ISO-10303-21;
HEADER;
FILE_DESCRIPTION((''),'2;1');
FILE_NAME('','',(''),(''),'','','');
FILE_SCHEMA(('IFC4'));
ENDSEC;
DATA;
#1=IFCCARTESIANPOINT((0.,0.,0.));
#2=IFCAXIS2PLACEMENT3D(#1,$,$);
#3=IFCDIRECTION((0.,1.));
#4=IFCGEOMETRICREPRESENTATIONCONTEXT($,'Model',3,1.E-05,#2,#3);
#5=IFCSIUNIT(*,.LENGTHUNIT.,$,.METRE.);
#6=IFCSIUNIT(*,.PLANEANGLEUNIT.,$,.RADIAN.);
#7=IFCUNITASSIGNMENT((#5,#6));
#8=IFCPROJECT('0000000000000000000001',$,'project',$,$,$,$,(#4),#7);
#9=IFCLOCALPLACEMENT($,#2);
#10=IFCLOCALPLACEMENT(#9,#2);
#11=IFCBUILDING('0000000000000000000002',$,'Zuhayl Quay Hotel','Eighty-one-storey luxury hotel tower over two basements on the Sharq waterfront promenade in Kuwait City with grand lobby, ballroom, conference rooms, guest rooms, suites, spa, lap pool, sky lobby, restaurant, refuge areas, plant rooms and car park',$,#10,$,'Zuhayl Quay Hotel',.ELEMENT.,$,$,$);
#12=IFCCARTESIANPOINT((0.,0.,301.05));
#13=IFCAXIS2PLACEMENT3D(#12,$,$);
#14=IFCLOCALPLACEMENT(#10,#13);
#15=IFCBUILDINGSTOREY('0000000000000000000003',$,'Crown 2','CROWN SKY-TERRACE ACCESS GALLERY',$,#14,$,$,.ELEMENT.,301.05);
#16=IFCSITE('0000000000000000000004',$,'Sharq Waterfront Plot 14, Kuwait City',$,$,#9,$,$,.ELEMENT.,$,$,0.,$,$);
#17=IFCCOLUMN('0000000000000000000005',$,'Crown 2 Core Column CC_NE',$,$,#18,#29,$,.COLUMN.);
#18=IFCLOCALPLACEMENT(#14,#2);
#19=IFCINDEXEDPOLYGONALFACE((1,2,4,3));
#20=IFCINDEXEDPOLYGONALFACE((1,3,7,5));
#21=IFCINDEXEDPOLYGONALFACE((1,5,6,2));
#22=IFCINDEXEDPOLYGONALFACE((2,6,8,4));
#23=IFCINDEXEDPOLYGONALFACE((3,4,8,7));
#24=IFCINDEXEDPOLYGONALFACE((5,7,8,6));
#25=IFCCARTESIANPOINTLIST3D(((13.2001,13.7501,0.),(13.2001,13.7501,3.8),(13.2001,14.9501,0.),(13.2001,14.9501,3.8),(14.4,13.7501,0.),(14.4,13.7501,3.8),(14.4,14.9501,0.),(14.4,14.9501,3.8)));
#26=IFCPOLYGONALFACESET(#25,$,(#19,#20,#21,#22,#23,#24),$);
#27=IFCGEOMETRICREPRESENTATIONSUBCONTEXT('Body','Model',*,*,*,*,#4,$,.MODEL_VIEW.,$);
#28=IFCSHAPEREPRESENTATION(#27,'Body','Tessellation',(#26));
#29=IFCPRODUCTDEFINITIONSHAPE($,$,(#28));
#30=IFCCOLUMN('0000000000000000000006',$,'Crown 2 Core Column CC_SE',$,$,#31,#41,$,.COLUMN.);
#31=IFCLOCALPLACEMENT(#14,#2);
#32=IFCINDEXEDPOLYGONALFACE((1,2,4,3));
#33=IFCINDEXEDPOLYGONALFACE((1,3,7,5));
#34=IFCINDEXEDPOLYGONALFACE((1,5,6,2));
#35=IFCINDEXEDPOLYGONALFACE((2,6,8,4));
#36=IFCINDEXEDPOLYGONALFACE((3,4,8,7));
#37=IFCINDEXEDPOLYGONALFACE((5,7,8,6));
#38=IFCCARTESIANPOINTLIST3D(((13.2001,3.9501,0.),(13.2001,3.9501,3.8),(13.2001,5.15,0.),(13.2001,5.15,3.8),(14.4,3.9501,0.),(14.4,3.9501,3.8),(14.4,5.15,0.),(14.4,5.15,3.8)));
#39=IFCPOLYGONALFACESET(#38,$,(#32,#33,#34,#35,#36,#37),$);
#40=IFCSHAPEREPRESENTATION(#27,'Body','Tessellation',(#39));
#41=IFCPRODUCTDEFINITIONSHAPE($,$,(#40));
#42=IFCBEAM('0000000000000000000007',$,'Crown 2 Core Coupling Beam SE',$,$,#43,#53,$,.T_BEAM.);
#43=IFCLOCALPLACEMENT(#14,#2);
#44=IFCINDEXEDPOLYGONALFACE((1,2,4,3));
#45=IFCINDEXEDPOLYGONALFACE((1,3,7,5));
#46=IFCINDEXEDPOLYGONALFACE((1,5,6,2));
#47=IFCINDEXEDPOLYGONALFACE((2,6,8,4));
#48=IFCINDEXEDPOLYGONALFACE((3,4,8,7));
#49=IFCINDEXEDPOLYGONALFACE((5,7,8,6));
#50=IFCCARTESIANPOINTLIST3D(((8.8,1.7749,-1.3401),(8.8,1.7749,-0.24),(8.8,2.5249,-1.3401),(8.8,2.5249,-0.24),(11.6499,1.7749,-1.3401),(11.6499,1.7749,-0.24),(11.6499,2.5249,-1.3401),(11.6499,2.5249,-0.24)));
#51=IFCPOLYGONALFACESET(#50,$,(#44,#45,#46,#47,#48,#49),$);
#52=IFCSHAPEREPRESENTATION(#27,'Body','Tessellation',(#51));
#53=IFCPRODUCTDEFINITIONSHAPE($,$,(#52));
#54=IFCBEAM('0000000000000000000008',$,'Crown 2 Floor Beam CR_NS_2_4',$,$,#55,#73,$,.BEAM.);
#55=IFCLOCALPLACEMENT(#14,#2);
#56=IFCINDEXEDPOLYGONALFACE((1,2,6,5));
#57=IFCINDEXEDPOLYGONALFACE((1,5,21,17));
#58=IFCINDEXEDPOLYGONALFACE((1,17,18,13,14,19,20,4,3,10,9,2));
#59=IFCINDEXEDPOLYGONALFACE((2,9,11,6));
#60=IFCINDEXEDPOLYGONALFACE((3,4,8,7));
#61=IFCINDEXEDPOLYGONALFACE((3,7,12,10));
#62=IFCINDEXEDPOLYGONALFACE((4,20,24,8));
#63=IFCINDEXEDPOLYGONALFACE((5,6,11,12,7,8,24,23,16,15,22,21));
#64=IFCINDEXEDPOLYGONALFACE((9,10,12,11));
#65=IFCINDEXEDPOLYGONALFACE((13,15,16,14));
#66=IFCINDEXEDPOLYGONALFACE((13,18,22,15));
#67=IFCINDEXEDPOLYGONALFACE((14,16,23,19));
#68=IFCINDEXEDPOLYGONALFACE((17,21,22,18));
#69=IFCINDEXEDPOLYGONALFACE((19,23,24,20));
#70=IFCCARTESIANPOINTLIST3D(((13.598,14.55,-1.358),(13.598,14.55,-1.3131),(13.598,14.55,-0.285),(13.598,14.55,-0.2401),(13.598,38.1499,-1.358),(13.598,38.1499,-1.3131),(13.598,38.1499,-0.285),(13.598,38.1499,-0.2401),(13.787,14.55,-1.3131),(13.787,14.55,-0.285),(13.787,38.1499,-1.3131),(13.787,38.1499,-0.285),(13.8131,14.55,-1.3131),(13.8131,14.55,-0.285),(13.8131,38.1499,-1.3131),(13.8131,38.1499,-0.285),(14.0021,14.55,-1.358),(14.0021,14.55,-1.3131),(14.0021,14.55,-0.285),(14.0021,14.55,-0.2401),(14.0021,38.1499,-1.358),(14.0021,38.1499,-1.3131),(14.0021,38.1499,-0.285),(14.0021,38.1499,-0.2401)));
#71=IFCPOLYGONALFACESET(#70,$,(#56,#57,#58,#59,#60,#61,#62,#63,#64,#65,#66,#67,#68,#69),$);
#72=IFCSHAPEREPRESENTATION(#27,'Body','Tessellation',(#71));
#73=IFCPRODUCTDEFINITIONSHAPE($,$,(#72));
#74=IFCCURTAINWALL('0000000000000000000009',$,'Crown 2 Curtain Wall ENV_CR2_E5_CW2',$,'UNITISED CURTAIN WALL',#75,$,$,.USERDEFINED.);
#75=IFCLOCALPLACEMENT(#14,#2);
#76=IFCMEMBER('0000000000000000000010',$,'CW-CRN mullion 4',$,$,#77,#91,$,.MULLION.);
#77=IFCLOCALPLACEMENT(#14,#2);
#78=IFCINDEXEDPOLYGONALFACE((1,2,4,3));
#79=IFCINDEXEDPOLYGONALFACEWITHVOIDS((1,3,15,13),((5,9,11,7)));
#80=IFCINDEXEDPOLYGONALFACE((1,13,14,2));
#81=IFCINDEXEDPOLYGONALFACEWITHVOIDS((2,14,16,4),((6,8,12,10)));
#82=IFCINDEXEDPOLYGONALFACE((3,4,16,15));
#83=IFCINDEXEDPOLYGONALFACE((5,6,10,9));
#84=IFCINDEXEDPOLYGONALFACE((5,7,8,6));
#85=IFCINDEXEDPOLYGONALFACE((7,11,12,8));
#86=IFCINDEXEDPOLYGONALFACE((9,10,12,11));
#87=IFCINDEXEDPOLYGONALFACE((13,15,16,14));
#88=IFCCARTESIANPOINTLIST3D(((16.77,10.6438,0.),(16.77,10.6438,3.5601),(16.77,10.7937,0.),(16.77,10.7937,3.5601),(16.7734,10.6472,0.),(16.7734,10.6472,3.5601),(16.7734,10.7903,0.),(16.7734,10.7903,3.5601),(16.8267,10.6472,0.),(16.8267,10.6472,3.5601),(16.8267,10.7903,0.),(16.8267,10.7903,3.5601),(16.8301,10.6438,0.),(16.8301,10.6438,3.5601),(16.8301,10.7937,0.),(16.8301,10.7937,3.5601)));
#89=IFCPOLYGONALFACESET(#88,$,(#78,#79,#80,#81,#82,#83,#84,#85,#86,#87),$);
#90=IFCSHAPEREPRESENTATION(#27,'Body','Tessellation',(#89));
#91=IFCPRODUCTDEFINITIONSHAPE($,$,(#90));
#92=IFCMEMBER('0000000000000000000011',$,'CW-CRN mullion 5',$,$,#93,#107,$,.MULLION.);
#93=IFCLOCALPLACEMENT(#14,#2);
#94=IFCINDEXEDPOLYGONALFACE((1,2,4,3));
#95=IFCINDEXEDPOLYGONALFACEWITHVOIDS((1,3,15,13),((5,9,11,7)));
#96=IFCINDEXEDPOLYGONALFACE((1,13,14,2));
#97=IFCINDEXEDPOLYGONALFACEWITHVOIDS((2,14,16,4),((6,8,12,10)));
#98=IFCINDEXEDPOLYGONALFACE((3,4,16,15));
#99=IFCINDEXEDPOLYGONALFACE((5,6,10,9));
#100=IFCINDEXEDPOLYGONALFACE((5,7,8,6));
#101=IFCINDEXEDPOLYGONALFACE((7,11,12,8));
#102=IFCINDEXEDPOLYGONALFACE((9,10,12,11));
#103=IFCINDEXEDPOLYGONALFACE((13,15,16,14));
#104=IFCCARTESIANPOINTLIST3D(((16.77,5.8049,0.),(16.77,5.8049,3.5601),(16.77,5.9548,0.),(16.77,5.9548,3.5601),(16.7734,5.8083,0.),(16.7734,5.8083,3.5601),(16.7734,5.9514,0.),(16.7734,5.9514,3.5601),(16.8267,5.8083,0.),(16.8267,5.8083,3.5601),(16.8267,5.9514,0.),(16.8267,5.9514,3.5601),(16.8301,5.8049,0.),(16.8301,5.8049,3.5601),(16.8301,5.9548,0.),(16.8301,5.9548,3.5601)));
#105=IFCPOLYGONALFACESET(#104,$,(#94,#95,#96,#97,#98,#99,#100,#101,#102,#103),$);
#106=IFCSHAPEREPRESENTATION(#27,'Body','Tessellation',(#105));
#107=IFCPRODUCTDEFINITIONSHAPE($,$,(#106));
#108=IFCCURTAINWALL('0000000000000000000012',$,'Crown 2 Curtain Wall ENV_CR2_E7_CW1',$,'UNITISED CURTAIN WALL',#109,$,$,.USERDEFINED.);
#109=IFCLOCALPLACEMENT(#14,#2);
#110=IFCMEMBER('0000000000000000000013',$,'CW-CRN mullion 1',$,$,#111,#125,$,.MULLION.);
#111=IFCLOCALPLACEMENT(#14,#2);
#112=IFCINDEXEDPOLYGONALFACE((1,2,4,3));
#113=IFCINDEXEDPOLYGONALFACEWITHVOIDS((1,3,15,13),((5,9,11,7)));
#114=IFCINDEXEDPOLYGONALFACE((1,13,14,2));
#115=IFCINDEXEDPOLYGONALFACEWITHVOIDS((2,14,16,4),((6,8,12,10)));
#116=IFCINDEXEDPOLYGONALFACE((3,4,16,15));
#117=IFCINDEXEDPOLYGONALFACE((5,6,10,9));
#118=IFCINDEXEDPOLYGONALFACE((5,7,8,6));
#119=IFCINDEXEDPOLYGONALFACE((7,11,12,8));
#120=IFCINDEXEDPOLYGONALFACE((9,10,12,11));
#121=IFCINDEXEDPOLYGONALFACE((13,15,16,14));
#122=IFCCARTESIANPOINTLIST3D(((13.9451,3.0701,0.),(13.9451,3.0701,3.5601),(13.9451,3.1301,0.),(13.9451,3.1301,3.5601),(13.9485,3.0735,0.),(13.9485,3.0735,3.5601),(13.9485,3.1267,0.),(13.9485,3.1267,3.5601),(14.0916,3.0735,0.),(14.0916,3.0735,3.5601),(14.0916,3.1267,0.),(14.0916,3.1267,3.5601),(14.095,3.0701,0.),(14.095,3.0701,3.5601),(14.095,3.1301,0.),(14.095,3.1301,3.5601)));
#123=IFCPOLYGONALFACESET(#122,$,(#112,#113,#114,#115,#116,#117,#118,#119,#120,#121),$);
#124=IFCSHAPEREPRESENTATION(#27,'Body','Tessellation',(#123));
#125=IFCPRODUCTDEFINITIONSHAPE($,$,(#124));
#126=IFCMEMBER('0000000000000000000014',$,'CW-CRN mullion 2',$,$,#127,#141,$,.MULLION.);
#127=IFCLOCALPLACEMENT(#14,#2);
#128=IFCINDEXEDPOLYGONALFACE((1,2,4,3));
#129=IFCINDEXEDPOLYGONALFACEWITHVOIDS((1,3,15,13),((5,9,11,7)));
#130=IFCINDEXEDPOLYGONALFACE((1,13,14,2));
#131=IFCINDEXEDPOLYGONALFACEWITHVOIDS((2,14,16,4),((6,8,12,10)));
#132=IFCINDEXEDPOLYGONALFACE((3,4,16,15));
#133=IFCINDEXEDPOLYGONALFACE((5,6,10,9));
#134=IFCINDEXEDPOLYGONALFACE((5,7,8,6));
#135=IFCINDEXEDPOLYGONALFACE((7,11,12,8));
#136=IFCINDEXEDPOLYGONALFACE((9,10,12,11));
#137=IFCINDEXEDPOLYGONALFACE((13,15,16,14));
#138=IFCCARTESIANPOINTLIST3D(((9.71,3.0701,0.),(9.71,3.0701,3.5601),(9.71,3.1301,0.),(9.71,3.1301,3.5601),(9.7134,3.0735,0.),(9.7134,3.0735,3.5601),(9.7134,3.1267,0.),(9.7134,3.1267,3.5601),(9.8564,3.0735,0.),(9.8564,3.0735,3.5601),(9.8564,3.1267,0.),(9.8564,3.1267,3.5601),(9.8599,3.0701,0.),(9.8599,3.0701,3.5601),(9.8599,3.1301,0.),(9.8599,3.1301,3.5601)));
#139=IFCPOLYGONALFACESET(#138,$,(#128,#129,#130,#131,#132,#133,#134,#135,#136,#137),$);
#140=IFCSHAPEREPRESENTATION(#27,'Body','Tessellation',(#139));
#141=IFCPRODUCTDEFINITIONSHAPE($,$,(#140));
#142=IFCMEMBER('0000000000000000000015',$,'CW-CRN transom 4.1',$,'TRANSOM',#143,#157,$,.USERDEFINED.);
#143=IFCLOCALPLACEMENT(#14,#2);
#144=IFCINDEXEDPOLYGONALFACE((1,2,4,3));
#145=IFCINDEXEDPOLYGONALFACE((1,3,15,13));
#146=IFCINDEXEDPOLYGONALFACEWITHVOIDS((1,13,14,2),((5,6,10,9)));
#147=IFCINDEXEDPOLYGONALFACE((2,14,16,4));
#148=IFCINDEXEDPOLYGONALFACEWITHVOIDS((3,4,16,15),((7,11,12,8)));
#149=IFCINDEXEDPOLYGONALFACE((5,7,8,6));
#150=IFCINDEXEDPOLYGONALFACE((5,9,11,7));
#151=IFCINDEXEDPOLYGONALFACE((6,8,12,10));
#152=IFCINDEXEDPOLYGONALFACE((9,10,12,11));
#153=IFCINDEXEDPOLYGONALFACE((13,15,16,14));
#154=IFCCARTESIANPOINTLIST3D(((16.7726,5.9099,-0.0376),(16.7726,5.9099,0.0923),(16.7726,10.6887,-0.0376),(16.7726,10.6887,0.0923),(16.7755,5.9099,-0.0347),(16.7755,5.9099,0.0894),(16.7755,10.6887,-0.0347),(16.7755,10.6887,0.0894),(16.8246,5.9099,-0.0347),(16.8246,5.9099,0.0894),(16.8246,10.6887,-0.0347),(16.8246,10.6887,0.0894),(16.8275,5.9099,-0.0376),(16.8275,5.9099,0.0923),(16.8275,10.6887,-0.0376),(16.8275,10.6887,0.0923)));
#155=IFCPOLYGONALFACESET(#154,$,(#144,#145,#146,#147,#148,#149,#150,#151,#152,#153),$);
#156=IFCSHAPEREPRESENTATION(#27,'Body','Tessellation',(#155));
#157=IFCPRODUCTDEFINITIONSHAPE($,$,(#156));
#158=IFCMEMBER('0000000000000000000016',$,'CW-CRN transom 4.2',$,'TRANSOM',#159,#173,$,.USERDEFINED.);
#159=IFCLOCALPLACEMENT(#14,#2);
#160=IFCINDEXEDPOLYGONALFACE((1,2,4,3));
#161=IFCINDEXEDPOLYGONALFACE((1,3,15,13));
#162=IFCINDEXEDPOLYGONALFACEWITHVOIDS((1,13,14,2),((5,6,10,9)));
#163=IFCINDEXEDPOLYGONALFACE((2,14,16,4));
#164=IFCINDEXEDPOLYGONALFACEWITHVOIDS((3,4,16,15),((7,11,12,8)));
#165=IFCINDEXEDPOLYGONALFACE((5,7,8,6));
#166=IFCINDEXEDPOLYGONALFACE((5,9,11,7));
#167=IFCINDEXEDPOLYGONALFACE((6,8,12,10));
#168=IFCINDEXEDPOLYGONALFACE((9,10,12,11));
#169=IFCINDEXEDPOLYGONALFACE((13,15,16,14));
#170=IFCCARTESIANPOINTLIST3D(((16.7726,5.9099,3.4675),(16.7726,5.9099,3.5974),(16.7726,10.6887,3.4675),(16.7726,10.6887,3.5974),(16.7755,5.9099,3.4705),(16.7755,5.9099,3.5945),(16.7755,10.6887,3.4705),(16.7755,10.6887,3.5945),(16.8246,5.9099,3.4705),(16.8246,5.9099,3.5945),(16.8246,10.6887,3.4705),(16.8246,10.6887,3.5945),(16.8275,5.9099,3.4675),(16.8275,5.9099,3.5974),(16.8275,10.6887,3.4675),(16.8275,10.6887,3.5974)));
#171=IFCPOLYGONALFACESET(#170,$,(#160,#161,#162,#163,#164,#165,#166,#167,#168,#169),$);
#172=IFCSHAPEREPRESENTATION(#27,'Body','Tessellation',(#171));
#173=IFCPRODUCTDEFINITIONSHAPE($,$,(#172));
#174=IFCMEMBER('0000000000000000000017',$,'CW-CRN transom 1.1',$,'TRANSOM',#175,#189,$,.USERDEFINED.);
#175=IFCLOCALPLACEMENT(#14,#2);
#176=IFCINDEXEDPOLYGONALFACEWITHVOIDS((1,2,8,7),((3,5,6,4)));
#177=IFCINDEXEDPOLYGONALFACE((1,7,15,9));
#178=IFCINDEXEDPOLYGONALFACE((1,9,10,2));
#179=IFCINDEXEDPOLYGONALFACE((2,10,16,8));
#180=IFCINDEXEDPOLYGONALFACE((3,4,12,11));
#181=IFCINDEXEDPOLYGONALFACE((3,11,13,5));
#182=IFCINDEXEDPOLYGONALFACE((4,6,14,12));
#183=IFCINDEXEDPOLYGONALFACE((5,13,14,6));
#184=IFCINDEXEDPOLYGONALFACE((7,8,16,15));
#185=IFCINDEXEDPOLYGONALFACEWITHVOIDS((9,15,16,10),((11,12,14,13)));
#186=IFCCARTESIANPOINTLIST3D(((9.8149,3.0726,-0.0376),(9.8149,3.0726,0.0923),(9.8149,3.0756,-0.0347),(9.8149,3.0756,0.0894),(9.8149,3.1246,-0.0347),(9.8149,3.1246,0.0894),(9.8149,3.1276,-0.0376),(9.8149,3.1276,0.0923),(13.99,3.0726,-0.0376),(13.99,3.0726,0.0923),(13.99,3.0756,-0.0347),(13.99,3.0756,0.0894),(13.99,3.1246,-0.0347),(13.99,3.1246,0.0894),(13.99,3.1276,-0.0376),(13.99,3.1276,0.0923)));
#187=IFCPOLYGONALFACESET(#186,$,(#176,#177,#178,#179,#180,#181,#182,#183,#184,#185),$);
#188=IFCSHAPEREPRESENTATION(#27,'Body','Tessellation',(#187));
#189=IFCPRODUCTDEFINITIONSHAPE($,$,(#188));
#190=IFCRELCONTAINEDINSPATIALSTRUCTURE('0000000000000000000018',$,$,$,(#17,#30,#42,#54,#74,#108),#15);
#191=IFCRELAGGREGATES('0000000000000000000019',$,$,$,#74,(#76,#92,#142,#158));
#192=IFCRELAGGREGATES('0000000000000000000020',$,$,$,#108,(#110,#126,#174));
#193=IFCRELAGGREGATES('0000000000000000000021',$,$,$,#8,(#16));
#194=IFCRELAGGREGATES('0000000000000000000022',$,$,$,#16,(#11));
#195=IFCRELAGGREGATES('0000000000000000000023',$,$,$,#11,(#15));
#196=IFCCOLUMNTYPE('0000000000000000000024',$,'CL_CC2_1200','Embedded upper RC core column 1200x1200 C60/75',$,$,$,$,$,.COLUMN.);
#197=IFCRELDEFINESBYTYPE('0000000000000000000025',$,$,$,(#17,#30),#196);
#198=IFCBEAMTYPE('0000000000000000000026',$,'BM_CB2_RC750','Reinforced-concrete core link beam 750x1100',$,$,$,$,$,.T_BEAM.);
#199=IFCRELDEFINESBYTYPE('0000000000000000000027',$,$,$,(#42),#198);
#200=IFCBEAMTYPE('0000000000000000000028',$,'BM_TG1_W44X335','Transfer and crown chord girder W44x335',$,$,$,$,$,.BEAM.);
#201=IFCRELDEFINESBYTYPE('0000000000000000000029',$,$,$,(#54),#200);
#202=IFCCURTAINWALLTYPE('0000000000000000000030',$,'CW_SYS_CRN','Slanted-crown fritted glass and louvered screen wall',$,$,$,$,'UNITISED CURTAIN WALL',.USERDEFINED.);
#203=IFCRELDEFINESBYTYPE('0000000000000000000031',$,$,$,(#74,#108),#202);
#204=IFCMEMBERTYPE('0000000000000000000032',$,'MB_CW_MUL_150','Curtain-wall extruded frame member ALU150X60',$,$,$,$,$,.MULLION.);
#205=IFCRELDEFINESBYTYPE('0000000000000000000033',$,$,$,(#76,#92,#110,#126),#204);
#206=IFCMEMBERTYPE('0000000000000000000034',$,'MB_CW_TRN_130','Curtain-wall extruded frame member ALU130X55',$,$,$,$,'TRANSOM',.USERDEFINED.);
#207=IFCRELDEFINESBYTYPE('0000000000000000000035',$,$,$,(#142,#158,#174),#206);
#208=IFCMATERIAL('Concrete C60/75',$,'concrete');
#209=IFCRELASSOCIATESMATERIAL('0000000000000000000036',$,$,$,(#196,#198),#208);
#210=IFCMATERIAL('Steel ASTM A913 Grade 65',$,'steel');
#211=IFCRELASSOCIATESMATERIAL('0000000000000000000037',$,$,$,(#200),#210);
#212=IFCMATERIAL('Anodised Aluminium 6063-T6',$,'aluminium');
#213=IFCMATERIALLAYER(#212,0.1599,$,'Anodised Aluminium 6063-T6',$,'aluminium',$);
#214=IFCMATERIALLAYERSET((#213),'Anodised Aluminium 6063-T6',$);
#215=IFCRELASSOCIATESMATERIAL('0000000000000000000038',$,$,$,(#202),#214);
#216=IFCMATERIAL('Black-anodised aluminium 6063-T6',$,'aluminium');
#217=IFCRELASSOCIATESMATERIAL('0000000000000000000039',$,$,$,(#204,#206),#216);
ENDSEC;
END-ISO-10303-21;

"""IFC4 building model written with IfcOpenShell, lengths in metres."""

from ifc_helpers import new_model, si_unit, direction, frame, origin, origin_2d, place, context, subcontext, project, spatial, rectangle, hollow_rectangle, i_section, extrude, material, layer, layer_set, material_profile, profile_set, type_object, element, aggregate, save


model = new_model("IFC4")

# Units and contexts
model_context = context("Model", 3, precision=1e-05, world=origin(), true_north=direction((0.0, 1.0)))
body_context = subcontext(model_context, "Body", "Model", "MODEL_VIEW")
ifc_project = project(units=[si_unit("LENGTHUNIT", "METRE"), si_unit("PLANEANGLEUNIT", "RADIAN")], contexts=[model_context])

# Site, building, storey
site_placement = place(None, origin())
site = spatial("IfcSite", under=ifc_project, at=site_placement, Name="Sharq Waterfront Plot 14, Kuwait City", CompositionType="ELEMENT", RefElevation=0.0)
building_placement = place(site_placement, origin())
building = spatial("IfcBuilding", under=site, at=building_placement, Name="Zuhayl Quay Hotel", Description="Eighty-one-storey luxury hotel tower over two basements on the Sharq waterfront promenade in Kuwait City with grand lobby, ballroom, conference rooms, guest rooms, suites, spa, lap pool, sky lobby, restaurant, refuge areas, plant rooms and car park", LongName="Zuhayl Quay Hotel", CompositionType="ELEMENT")
storey_placement = place(building_placement, frame((0.0, 0.0, 301.05)))
storey = spatial("IfcBuildingStorey", under=building, at=storey_placement, Name="Crown 2", Description="CROWN SKY-TERRACE ACCESS GALLERY", CompositionType="ELEMENT", Elevation=301.05)

# Columns
ifc_material_1 = material(Name="Concrete C60/75", Category="concrete")
ifc_material_profile_1 = material_profile(ifc_material_1, rectangle(XDim=1.2, YDim=1.2, at=origin_2d()), Name="RC1200X1200")
ifc_profile_set_1 = profile_set([ifc_material_profile_1], Name="Concrete C60/75")
column_type = type_object("IfcColumnType", Name="CL_CC2_1200", Description="Embedded upper RC core column 1200x1200 C60/75", PredefinedType="COLUMN", material=ifc_profile_set_1)
for number, where, z_axis, x_axis, name in (
    (1, (13.8, 14.3501, 0.0), (0.0, 0.0, 1.0), (1.0, 0.0, 0.0), "Crown 2 Core Column CC_NE"),
    (2, (13.8, 4.55, 0.0), (0.0, 0.0, 1.0), (1.0, 0.0, 0.0), "Crown 2 Core Column CC_SE"),
):
    element("IfcColumn", number, at=place(storey_placement, frame(where, z_axis=z_axis, x_axis=x_axis)), inside=storey, type_object=column_type, Name=name, PredefinedType="COLUMN", context=body_context, shape_type="SweptSolid", body=[
        extrude(rectangle(XDim=1.2, YDim=1.2, at=origin_2d()), origin(), (0.0, 0.0, 1.0), 3.8),
    ])

# Beams
ifc_material_profile_2 = material_profile(ifc_material_1, rectangle(XDim=0.75, YDim=1.1001, at=origin_2d()), Name="RC750X1100")
ifc_profile_set_2 = profile_set([ifc_material_profile_2], Name="Concrete C60/75")
beam_type_1 = type_object("IfcBeamType", Name="BM_CB2_RC750", Description="Reinforced-concrete core link beam 750x1100", PredefinedType="T_BEAM", material=ifc_profile_set_2)
beam_1_placement = place(storey_placement, frame((8.8, 2.1499, -0.79), z_axis=(1.0, 0.0, 0.0), x_axis=(0.0, 1.0, 0.0)))
element("IfcBeam", 3, at=beam_1_placement, inside=storey, type_object=beam_type_1, Name="Crown 2 Core Coupling Beam SE", PredefinedType="T_BEAM", context=body_context, shape_type="SweptSolid", body=[
    extrude(rectangle(XDim=0.75, YDim=1.1001, at=origin_2d()), origin(), (0.0, 0.0, 1.0), 2.8499),
])
ifc_material_2 = material(Name="Steel ASTM A913 Grade 65", Category="steel")
ifc_material_profile_3 = material_profile(ifc_material_2, i_section(OverallWidth=0.4041, OverallDepth=1.1179, WebThickness=0.0261, FlangeThickness=0.0449, at=origin_2d()), Name="W44X335")
ifc_profile_set_3 = profile_set([ifc_material_profile_3], Name="Steel ASTM A913 Grade 65")
beam_type_2 = type_object("IfcBeamType", Name="BM_TG1_W44X335", Description="Transfer and crown chord girder W44x335", PredefinedType="BEAM", material=ifc_profile_set_3)
beam_2_placement = place(storey_placement, frame((13.8, 14.55, -0.7991), z_axis=(0.0, 1.0, 0.0), x_axis=(-1.0, 0.0, 0.0)))
element("IfcBeam", 4, at=beam_2_placement, inside=storey, type_object=beam_type_2, Name="Crown 2 Floor Beam CR_NS_2_4", PredefinedType="BEAM", context=body_context, shape_type="SweptSolid", body=[
    extrude(i_section(OverallWidth=0.4041, OverallDepth=1.1179, WebThickness=0.0261, FlangeThickness=0.0449, at=origin_2d()), origin(), (0.0, 0.0, 1.0), 23.5999),
])

# Curtain walls, members
ifc_material_3 = material(Name="Anodised Aluminium 6063-T6", Category="aluminium")
ifc_layer_1 = layer(ifc_material_3, 0.1599, Name="Anodised Aluminium 6063-T6", Category="aluminium")
ifc_layer_set_1 = layer_set([ifc_layer_1], Name="Anodised Aluminium 6063-T6")
curtain_wall_type = type_object("IfcCurtainWallType", Name="CW_SYS_CRN", Description="Slanted-crown fritted glass and louvered screen wall", ElementType="UNITISED CURTAIN WALL", PredefinedType="USERDEFINED", material=ifc_layer_set_1)
curtain_wall_1_placement = place(storey_placement, origin())
curtain_wall_1 = element("IfcCurtainWall", 5, at=curtain_wall_1_placement, inside=storey, type_object=curtain_wall_type, Name="Crown 2 Curtain Wall ENV_CR2_E5_CW2", ObjectType="UNITISED CURTAIN WALL", PredefinedType="USERDEFINED")
ifc_material_4 = material(Name="Black-anodised aluminium 6063-T6", Category="aluminium")
ifc_material_profile_4 = material_profile(ifc_material_4, hollow_rectangle(XDim=0.0601, YDim=0.1499, WallThickness=0.0034, at=origin_2d()), Name="ALU150X60")
ifc_profile_set_4 = profile_set([ifc_material_profile_4], Name="Black-anodised aluminium 6063-T6")
member_type_1 = type_object("IfcMemberType", Name="MB_CW_MUL_150", Description="Curtain-wall extruded frame member ALU150X60", PredefinedType="MULLION", material=ifc_profile_set_4)
member_1_placement = place(storey_placement, frame((16.8, 10.7188, 0.0), z_axis=(0.0, 0.0, 1.0), x_axis=(1.0, 0.0, 0.0)))
member_1 = element("IfcMember", 6, at=member_1_placement, type_object=member_type_1, Name="CW-CRN mullion 4", PredefinedType="MULLION", context=body_context, shape_type="SweptSolid", body=[
    extrude(hollow_rectangle(XDim=0.0601, YDim=0.1499, WallThickness=0.0034, at=origin_2d()), origin(), (0.0, 0.0, 1.0), 3.5601),
])
member_2_placement = place(storey_placement, frame((16.8, 5.8799, 0.0), z_axis=(0.0, 0.0, 1.0), x_axis=(1.0, 0.0, 0.0)))
member_2 = element("IfcMember", 7, at=member_2_placement, type_object=member_type_1, Name="CW-CRN mullion 5", PredefinedType="MULLION", context=body_context, shape_type="SweptSolid", body=[
    extrude(hollow_rectangle(XDim=0.0601, YDim=0.1499, WallThickness=0.0034, at=origin_2d()), origin(), (0.0, 0.0, 1.0), 3.5601),
])
curtain_wall_2_placement = place(storey_placement, origin())
curtain_wall_2 = element("IfcCurtainWall", 8, at=curtain_wall_2_placement, inside=storey, type_object=curtain_wall_type, Name="Crown 2 Curtain Wall ENV_CR2_E7_CW1", ObjectType="UNITISED CURTAIN WALL", PredefinedType="USERDEFINED")
member_3_placement = place(storey_placement, frame((14.02, 3.1001, 0.0), z_axis=(0.0, 0.0, 1.0), x_axis=(0.0, -1.0, 0.0)))
member_3 = element("IfcMember", 9, at=member_3_placement, type_object=member_type_1, Name="CW-CRN mullion 1", PredefinedType="MULLION", context=body_context, shape_type="SweptSolid", body=[
    extrude(hollow_rectangle(XDim=0.0601, YDim=0.1499, WallThickness=0.0034, at=origin_2d()), origin(), (0.0, 0.0, 1.0), 3.5601),
])
member_4_placement = place(storey_placement, frame((9.7849, 3.1001, 0.0), z_axis=(0.0, 0.0, 1.0), x_axis=(0.0, -1.0, 0.0)))
member_4 = element("IfcMember", 10, at=member_4_placement, type_object=member_type_1, Name="CW-CRN mullion 2", PredefinedType="MULLION", context=body_context, shape_type="SweptSolid", body=[
    extrude(hollow_rectangle(XDim=0.0601, YDim=0.1499, WallThickness=0.0034, at=origin_2d()), origin(), (0.0, 0.0, 1.0), 3.5601),
])

# Members
ifc_material_profile_5 = material_profile(ifc_material_4, hollow_rectangle(XDim=0.0549, YDim=0.1299, WallThickness=0.0029, at=origin_2d()), Name="ALU130X55")
ifc_profile_set_5 = profile_set([ifc_material_profile_5], Name="Black-anodised aluminium 6063-T6")
member_type_2 = type_object("IfcMemberType", Name="MB_CW_TRN_130", Description="Curtain-wall extruded frame member ALU130X55", ElementType="TRANSOM", PredefinedType="USERDEFINED", material=ifc_profile_set_5)
member_5_placement = place(storey_placement, frame((16.8, 10.6887, 0.0273), z_axis=(0.0, -1.0, 0.0), x_axis=(1.0, 0.0, 0.0)))
member_5 = element("IfcMember", 11, at=member_5_placement, type_object=member_type_2, Name="CW-CRN transom 4.1", ObjectType="TRANSOM", PredefinedType="USERDEFINED", context=body_context, shape_type="SweptSolid", body=[
    extrude(hollow_rectangle(XDim=0.0549, YDim=0.1299, WallThickness=0.0029, at=origin_2d()), origin(), (0.0, 0.0, 1.0), 4.7788),
])
member_6_placement = place(storey_placement, frame((16.8, 10.6887, 3.5325), z_axis=(0.0, -1.0, 0.0), x_axis=(1.0, 0.0, 0.0)))
member_6 = element("IfcMember", 12, at=member_6_placement, type_object=member_type_2, Name="CW-CRN transom 4.2", ObjectType="TRANSOM", PredefinedType="USERDEFINED", context=body_context, shape_type="SweptSolid", body=[
    extrude(hollow_rectangle(XDim=0.0549, YDim=0.1299, WallThickness=0.0029, at=origin_2d()), origin(), (0.0, 0.0, 1.0), 4.7788),
])
member_7_placement = place(storey_placement, frame((13.99, 3.1001, 0.0273), z_axis=(-1.0, 0.0, 0.0), x_axis=(0.0, -1.0, 0.0)))
member_7 = element("IfcMember", 13, at=member_7_placement, type_object=member_type_2, Name="CW-CRN transom 1.1", ObjectType="TRANSOM", PredefinedType="USERDEFINED", context=body_context, shape_type="SweptSolid", body=[
    extrude(hollow_rectangle(XDim=0.0549, YDim=0.1299, WallThickness=0.0029, at=origin_2d()), origin(), (0.0, 0.0, 1.0), 4.175),
])

aggregate(curtain_wall_1, [member_1, member_2, member_5, member_6])
aggregate(curtain_wall_2, [member_3, member_4, member_7])

save(model, "model.ifc")
